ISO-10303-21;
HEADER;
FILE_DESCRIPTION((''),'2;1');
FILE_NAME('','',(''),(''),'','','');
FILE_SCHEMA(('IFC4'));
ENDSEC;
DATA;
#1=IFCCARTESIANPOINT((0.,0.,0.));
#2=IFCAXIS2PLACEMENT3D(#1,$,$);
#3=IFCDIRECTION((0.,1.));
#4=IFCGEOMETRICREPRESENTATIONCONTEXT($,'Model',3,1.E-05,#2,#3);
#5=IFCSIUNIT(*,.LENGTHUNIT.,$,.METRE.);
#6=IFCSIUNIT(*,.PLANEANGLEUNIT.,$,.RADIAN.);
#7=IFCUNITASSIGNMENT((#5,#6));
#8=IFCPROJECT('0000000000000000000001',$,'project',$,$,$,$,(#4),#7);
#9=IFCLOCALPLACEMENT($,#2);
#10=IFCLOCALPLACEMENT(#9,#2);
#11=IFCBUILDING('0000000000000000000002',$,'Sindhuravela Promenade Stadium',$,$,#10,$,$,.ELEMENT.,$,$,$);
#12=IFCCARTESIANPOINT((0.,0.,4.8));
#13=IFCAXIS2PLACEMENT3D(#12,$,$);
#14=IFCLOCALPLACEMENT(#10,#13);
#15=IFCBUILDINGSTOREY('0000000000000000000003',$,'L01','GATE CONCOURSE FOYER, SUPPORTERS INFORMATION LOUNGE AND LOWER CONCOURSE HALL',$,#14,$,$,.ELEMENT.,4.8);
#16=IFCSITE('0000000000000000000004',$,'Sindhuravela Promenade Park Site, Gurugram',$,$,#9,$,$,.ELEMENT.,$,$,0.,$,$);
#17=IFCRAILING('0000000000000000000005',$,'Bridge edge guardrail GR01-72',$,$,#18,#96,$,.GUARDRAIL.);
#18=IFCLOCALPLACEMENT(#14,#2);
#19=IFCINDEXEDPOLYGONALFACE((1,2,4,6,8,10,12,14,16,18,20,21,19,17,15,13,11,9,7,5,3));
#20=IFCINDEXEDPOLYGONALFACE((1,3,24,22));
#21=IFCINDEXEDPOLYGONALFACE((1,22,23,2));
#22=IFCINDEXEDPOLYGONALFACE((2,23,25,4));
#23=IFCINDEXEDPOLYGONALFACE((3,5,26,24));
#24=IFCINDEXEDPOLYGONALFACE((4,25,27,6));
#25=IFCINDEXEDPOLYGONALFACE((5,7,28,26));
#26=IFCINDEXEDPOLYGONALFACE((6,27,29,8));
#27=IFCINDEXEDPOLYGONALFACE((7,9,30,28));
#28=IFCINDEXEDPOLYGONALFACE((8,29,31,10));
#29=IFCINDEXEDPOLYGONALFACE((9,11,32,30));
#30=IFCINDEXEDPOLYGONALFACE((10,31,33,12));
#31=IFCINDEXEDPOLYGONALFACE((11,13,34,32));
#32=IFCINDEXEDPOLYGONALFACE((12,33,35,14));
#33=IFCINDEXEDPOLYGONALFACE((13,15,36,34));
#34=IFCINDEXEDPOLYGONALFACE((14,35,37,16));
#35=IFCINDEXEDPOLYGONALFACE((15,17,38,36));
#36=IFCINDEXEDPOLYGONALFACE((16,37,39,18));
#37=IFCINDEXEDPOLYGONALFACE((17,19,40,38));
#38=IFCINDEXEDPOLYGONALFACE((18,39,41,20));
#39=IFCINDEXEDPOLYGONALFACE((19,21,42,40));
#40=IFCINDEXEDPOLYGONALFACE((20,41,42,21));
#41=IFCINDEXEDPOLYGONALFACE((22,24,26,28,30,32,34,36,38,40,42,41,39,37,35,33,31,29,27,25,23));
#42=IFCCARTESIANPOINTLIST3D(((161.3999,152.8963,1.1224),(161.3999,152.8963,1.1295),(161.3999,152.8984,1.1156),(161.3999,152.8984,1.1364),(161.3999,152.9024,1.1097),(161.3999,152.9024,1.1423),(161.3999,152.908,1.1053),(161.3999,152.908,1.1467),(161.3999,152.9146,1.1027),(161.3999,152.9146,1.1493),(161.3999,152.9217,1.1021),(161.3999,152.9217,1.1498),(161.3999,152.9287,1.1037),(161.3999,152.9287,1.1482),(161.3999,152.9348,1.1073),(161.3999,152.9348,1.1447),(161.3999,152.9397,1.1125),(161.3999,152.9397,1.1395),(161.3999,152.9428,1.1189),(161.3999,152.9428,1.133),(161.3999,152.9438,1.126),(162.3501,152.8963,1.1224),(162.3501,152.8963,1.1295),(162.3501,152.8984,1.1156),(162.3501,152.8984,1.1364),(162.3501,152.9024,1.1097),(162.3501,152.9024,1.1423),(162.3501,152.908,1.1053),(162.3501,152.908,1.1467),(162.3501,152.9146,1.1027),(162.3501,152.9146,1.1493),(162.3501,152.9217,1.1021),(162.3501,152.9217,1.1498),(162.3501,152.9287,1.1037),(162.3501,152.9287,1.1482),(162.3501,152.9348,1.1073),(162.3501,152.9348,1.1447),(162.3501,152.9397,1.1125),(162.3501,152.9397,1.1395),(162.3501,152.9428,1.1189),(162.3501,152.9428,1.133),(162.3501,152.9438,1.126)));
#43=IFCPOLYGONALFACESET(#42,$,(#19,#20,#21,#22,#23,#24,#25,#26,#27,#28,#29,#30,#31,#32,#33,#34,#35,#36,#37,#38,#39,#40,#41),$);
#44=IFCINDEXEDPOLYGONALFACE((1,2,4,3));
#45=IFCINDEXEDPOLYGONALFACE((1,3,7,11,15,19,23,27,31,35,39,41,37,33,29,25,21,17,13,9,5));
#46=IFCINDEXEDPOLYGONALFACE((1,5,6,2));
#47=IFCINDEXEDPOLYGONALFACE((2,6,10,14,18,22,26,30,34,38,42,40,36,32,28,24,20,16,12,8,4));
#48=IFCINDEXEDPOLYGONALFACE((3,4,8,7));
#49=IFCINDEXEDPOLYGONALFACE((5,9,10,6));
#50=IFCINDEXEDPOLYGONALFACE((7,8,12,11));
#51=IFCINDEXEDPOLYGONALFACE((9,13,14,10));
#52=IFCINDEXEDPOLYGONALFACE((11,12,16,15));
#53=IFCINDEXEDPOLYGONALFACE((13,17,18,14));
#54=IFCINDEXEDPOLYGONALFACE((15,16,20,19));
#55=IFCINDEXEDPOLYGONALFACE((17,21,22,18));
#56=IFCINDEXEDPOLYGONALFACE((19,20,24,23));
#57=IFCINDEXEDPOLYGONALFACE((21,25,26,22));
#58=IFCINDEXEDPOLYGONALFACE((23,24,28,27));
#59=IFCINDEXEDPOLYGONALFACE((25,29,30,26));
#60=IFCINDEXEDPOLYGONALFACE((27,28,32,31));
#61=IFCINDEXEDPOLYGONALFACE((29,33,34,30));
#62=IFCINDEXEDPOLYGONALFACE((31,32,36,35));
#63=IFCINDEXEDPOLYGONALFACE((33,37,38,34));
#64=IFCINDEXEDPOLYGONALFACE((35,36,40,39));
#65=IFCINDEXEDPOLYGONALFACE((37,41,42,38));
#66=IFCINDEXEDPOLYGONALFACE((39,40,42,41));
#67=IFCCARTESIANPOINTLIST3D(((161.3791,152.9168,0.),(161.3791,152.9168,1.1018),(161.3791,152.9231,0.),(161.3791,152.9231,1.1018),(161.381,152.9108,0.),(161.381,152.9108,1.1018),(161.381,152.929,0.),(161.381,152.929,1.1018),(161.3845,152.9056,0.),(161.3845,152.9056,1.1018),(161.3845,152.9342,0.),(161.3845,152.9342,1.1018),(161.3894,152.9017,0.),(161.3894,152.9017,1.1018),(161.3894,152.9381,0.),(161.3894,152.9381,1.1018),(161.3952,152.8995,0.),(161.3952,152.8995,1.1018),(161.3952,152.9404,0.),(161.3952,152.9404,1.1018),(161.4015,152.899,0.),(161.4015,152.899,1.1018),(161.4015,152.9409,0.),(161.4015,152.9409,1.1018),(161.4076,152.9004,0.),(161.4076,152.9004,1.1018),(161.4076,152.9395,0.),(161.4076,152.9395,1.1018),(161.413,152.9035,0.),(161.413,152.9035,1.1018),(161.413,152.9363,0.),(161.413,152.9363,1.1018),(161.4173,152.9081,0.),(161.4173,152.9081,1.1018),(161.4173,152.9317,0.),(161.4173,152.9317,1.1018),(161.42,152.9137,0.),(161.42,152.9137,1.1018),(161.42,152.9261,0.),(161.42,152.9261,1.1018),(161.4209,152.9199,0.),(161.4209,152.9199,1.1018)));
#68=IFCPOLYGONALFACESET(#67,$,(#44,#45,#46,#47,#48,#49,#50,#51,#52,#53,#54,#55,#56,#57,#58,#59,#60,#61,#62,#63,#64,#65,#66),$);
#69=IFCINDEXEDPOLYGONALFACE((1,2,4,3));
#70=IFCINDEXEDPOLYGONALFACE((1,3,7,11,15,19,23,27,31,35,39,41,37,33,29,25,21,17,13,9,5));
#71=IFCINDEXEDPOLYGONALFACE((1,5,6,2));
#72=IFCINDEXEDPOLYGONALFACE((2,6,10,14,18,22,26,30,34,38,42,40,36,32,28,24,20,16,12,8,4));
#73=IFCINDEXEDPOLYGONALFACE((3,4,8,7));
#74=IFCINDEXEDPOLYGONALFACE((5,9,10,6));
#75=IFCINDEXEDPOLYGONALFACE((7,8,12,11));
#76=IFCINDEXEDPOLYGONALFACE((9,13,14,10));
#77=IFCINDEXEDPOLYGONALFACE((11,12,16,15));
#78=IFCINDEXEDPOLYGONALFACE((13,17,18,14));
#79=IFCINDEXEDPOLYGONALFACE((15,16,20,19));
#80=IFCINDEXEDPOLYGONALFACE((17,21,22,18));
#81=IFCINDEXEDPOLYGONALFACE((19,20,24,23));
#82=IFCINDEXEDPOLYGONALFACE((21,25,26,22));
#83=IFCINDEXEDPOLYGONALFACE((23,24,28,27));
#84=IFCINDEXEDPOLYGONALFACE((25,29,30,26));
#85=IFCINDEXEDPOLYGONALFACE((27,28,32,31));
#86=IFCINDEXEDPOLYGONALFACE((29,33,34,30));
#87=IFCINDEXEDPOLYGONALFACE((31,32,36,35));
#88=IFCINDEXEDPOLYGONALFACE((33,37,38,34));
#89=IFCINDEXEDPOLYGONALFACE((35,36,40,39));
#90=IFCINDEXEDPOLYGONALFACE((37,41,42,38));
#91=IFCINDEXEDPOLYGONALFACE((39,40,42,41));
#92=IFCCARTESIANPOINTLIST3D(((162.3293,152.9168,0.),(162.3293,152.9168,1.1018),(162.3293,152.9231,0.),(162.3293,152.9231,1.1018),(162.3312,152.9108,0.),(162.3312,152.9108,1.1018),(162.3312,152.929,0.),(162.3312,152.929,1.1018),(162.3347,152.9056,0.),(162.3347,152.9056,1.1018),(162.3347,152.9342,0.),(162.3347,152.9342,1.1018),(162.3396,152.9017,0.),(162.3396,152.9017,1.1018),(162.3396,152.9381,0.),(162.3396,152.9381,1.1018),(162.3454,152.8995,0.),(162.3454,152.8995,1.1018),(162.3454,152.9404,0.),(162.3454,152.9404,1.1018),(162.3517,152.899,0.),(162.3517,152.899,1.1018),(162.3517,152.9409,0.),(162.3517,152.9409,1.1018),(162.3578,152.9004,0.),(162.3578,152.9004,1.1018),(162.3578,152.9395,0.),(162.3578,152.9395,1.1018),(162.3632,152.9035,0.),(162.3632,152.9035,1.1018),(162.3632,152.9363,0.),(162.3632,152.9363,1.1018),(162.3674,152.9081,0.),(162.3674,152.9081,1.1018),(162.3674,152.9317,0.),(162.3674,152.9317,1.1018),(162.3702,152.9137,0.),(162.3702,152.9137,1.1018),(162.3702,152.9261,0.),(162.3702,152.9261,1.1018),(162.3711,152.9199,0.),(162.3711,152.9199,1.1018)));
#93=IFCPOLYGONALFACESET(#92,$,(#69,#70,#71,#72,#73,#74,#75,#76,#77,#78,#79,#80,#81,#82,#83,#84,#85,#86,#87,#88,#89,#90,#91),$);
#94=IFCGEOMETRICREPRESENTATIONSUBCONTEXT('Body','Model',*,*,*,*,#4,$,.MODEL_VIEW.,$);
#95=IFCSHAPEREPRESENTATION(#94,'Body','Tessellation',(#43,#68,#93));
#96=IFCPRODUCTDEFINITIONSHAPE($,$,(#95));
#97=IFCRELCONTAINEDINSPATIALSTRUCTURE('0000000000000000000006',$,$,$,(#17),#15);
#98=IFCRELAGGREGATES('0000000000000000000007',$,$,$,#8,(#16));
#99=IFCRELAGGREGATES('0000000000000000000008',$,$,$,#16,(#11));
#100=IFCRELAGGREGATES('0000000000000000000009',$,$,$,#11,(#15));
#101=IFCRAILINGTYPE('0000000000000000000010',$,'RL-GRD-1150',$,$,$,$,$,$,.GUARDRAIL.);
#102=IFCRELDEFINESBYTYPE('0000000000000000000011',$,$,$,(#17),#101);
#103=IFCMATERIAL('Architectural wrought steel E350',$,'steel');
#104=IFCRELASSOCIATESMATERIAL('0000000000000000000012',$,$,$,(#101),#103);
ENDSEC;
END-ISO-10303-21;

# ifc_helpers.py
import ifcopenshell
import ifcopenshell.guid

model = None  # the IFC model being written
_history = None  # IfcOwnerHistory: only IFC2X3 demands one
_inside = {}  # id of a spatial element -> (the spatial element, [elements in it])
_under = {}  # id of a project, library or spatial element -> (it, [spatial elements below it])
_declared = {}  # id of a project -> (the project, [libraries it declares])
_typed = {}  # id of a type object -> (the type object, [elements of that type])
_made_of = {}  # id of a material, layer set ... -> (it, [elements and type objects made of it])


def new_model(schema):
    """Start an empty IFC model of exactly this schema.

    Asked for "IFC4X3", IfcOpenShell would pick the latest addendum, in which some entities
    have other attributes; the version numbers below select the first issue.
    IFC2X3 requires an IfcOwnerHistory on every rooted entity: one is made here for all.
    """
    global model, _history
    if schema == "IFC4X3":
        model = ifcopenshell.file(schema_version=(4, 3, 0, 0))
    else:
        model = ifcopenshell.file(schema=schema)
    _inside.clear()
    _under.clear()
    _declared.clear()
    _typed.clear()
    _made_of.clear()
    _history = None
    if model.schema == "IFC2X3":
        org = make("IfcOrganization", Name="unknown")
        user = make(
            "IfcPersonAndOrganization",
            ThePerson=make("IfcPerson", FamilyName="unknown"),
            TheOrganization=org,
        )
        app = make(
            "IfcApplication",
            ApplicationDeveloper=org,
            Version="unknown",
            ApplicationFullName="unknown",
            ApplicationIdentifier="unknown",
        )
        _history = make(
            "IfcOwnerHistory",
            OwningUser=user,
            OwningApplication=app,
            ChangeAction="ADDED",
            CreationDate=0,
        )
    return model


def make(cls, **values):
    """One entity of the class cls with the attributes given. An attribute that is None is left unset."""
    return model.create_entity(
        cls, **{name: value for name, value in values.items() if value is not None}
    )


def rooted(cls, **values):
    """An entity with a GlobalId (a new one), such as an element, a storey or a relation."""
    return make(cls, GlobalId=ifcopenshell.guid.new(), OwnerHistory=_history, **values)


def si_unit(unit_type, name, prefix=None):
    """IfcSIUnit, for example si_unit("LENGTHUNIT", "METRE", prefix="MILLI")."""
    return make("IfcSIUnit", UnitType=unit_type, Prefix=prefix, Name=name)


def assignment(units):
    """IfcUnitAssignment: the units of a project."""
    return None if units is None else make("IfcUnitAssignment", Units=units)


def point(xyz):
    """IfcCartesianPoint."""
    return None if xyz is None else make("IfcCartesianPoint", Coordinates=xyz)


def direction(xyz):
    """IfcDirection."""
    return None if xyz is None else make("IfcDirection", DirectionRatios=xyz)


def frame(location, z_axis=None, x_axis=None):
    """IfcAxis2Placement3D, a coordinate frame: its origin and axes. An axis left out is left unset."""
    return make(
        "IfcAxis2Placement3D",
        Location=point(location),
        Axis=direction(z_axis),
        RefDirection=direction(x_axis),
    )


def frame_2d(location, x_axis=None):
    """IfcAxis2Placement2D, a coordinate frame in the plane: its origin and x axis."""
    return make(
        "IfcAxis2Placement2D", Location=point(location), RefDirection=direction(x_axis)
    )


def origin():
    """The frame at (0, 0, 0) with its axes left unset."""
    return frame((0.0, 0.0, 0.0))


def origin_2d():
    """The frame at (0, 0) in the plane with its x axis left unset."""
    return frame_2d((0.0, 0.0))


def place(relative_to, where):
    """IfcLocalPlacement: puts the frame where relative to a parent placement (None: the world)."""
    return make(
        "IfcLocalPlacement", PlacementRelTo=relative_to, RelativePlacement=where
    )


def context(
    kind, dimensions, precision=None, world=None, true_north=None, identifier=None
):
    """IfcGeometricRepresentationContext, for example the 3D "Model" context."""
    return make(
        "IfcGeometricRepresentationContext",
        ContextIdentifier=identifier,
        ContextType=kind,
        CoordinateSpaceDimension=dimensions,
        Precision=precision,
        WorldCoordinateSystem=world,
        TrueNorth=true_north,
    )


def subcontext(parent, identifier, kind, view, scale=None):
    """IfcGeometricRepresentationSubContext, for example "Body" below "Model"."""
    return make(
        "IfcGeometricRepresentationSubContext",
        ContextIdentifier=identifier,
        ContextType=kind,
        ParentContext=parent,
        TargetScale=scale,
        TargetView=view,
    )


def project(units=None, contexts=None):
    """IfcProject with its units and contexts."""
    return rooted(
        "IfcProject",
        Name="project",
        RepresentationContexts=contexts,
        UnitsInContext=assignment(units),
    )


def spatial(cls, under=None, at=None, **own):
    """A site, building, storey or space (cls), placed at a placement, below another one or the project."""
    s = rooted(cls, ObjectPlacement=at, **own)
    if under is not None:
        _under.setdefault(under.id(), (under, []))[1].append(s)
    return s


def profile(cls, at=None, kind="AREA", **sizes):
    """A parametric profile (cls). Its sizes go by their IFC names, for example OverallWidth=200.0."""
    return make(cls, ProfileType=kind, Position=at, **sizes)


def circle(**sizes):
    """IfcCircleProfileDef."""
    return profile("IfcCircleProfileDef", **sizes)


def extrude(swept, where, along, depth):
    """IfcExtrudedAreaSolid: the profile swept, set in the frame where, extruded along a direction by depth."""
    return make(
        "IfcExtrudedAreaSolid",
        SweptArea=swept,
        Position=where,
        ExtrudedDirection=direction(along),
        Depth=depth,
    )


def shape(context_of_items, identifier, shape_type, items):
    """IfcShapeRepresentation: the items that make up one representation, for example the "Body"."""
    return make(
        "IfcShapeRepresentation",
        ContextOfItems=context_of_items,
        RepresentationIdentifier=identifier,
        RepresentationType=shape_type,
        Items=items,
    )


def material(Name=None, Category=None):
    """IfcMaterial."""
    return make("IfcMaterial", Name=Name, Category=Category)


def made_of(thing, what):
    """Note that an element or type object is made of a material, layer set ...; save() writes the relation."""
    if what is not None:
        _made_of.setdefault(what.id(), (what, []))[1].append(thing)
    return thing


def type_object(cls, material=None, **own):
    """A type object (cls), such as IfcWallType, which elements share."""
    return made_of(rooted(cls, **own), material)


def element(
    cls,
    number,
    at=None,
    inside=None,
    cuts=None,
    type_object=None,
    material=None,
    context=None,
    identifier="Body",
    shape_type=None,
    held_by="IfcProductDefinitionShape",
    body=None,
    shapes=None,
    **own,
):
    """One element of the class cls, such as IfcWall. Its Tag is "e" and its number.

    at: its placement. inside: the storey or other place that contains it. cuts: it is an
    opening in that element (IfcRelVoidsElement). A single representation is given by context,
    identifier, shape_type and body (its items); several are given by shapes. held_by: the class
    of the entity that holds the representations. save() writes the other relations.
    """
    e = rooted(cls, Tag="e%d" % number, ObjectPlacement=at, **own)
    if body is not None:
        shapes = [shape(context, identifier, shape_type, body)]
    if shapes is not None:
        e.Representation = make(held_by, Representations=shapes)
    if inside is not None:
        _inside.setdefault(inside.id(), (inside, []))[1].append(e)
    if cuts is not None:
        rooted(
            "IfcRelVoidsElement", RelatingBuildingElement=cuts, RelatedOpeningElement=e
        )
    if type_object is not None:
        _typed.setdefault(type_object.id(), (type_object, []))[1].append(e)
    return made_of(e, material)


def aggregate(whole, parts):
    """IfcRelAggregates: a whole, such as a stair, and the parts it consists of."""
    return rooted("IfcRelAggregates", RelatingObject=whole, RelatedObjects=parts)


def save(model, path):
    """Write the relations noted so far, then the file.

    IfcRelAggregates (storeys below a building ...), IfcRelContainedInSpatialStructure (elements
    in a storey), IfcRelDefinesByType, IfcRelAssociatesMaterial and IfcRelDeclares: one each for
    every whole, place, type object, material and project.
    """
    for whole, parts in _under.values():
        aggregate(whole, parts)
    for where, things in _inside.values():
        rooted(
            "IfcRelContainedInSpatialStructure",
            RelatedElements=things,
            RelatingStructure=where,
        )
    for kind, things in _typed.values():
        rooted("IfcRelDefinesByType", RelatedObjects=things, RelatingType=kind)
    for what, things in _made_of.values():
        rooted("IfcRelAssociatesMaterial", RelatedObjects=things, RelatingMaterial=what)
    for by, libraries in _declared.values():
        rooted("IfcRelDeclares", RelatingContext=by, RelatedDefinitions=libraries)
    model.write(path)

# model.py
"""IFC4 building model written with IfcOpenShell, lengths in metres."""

from ifc_helpers import new_model, si_unit, direction, frame, origin, origin_2d, place, context, subcontext, project, spatial, circle, extrude, material, type_object, element, save


model = new_model("IFC4")

# Units and contexts
model_context = context("Model", 3, precision=1e-05, world=origin(), true_north=direction((0.0, 1.0)))
body_context = subcontext(model_context, "Body", "Model", "MODEL_VIEW")
ifc_project = project(units=[si_unit("LENGTHUNIT", "METRE"), si_unit("PLANEANGLEUNIT", "RADIAN")], contexts=[model_context])

# Site, building, storey
site_placement = place(None, origin())
site = spatial("IfcSite", under=ifc_project, at=site_placement, Name="Sindhuravela Promenade Park Site, Gurugram", CompositionType="ELEMENT", RefElevation=0.0)
building_placement = place(site_placement, origin())
building = spatial("IfcBuilding", under=site, at=building_placement, Name="Sindhuravela Promenade Stadium", CompositionType="ELEMENT")
storey_placement = place(building_placement, frame((0.0, 0.0, 4.8)))
storey = spatial("IfcBuildingStorey", under=building, at=storey_placement, Name="L01", Description="GATE CONCOURSE FOYER, SUPPORTERS INFORMATION LOUNGE AND LOWER CONCOURSE HALL", CompositionType="ELEMENT", Elevation=4.8)

# Railing
ifc_material_1 = material(Name="Architectural wrought steel E350", Category="steel")
railing_type = type_object("IfcRailingType", Name="RL-GRD-1150", PredefinedType="GUARDRAIL", material=ifc_material_1)
railing_1_placement = place(storey_placement, frame((161.3999, 152.9199, 0.0)))
element("IfcRailing", 1, at=railing_1_placement, inside=storey, type_object=railing_type, Name="Bridge edge guardrail GR01-72", PredefinedType="GUARDRAIL", context=body_context, shape_type="SweptSolid", body=[
    extrude(circle(Radius=0.0239, at=origin_2d()), frame((0.0, 0.0, 1.126), z_axis=(1.0, 0.0, 0.0), x_axis=(0.0, 1.0, 0.0)), (0.0, 0.0, 1.0), 0.9502),
    extrude(circle(Radius=0.021, at=origin_2d()), origin(), (0.0, 0.0, 1.0), 1.1018),
    extrude(circle(Radius=0.021, at=origin_2d()), frame((0.9502, 0.0, 0.0)), (0.0, 0.0, 1.0), 1.1018),
])

save(model, "model.ifc")
